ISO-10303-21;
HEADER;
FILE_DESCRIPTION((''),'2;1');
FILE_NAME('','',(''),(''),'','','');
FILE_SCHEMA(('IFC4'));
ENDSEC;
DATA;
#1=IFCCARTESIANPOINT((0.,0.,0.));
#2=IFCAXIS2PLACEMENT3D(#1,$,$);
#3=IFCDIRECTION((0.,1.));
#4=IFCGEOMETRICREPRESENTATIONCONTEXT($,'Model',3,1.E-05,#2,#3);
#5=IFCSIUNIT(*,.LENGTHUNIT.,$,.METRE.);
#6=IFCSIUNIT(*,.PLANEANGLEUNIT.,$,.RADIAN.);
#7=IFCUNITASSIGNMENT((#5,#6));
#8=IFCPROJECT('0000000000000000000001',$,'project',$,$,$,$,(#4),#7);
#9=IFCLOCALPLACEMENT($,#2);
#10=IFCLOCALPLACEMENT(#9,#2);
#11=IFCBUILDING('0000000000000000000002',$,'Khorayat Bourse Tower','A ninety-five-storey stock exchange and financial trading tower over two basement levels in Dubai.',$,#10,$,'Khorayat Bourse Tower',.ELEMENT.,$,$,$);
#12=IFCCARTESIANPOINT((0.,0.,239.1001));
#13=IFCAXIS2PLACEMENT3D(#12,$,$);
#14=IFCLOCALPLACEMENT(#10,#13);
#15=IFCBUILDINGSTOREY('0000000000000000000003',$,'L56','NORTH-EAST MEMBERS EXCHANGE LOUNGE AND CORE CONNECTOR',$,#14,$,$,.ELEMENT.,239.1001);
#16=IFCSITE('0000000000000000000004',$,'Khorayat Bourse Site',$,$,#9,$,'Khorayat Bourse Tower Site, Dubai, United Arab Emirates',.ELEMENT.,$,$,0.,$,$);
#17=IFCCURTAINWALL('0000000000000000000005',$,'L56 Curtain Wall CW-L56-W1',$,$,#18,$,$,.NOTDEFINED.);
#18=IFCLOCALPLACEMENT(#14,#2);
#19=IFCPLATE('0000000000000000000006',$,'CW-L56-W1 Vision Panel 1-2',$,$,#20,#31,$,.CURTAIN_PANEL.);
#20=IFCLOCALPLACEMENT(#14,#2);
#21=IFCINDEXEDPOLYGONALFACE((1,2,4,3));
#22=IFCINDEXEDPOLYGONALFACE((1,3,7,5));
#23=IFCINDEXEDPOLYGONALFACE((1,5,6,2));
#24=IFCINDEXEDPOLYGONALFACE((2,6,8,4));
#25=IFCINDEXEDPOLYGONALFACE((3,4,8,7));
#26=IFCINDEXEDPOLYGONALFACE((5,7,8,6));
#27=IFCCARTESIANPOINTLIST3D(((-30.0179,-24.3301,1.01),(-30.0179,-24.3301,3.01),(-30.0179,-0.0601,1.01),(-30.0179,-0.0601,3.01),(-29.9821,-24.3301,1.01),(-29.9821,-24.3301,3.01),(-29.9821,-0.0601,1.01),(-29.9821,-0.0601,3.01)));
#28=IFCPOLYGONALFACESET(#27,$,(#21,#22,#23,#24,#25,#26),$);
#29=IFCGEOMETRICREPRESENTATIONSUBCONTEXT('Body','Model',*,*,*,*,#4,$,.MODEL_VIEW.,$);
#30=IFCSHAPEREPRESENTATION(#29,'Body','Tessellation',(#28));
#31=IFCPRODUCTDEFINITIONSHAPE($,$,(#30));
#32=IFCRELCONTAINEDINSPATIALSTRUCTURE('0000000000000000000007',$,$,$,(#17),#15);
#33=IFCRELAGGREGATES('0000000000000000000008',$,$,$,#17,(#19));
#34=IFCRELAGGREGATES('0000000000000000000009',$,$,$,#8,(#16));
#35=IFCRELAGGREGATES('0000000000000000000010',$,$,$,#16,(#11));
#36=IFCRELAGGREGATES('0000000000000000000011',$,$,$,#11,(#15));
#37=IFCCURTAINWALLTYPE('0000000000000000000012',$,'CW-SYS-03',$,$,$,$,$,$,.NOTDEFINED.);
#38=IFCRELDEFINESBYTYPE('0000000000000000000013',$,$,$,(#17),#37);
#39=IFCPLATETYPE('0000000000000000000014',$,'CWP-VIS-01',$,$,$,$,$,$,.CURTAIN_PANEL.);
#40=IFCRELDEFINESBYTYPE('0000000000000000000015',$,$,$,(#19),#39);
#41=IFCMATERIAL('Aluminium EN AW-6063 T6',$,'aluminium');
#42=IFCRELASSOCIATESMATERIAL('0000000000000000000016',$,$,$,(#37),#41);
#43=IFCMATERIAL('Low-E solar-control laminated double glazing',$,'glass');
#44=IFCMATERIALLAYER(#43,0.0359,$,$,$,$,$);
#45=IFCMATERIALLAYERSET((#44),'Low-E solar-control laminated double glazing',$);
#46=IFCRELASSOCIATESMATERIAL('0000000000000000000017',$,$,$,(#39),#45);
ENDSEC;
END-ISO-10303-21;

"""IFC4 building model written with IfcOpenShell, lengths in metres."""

from ifc_helpers import new_model, si_unit, direction, frame, origin, origin_2d, place, context, subcontext, project, spatial, rectangle, extrude, source, transform, mapped, material, layer, layer_set, type_object, element, aggregate, save


model = new_model("IFC4")

# Units and contexts
model_context = context("Model", 3, precision=1e-05, world=origin(), true_north=direction((0.0, 1.0)))
body_context = subcontext(model_context, "Body", "Model", "MODEL_VIEW")
ifc_project = project(units=[si_unit("LENGTHUNIT", "METRE"), si_unit("PLANEANGLEUNIT", "RADIAN")], contexts=[model_context])

# Site, building, storey
site_placement = place(None, origin())
site = spatial("IfcSite", under=ifc_project, at=site_placement, Name="Khorayat Bourse Site", LongName="Khorayat Bourse Tower Site, Dubai, United Arab Emirates", CompositionType="ELEMENT", RefElevation=0.0)
building_placement = place(site_placement, origin())
building = spatial("IfcBuilding", under=site, at=building_placement, Name="Khorayat Bourse Tower", Description="A ninety-five-storey stock exchange and financial trading tower over two basement levels in Dubai.", LongName="Khorayat Bourse Tower", CompositionType="ELEMENT")
storey_placement = place(building_placement, frame((0.0, 0.0, 239.1001)))
storey = spatial("IfcBuildingStorey", under=building, at=storey_placement, Name="L56", Description="NORTH-EAST MEMBERS EXCHANGE LOUNGE AND CORE CONNECTOR", CompositionType="ELEMENT", Elevation=239.1001)

# Curtain wall, plate
ifc_material_1 = material(Name="Aluminium EN AW-6063 T6", Category="aluminium")
curtain_wall_type = type_object("IfcCurtainWallType", Name="CW-SYS-03", PredefinedType="NOTDEFINED", material=ifc_material_1)
curtain_wall_placement = place(storey_placement, origin())
curtain_wall = element("IfcCurtainWall", 1, at=curtain_wall_placement, inside=storey, type_object=curtain_wall_type, Name="L56 Curtain Wall CW-L56-W1", PredefinedType="NOTDEFINED")
ifc_material_2 = material(Name="Low-E solar-control laminated double glazing", Category="glass")
ifc_layer_1 = layer(ifc_material_2, 0.0359)
ifc_layer_set_1 = layer_set([ifc_layer_1], Name="Low-E solar-control laminated double glazing")
plate_type_1 = type_object("IfcPlateType", Name="CWP-VIS-01", PredefinedType="CURTAIN_PANEL", material=ifc_layer_set_1)
shared_shape_1 = source(origin(), body_context, "Body", "SweptSolid", [
    extrude(rectangle(XDim=24.27, YDim=0.0359, at=origin_2d()), origin(), (0.0, 0.0, 1.0), 2.0),
])
plate_placement = place(storey_placement, frame((-30.0, -12.1951, 1.01), z_axis=(0.0, 0.0, 1.0), x_axis=(0.0, 1.0, 0.0)))
plate = element("IfcPlate", 2, at=plate_placement, type_object=plate_type_1, Name="CW-L56-W1 Vision Panel 1-2", PredefinedType="CURTAIN_PANEL", context=body_context, shape_type="MappedRepresentation", body=[
    mapped(shared_shape_1, transform((0.0, 0.0, 0.0), scale=1.0)),
])
aggregate(curtain_wall, [plate])

save(model, "model.ifc")
